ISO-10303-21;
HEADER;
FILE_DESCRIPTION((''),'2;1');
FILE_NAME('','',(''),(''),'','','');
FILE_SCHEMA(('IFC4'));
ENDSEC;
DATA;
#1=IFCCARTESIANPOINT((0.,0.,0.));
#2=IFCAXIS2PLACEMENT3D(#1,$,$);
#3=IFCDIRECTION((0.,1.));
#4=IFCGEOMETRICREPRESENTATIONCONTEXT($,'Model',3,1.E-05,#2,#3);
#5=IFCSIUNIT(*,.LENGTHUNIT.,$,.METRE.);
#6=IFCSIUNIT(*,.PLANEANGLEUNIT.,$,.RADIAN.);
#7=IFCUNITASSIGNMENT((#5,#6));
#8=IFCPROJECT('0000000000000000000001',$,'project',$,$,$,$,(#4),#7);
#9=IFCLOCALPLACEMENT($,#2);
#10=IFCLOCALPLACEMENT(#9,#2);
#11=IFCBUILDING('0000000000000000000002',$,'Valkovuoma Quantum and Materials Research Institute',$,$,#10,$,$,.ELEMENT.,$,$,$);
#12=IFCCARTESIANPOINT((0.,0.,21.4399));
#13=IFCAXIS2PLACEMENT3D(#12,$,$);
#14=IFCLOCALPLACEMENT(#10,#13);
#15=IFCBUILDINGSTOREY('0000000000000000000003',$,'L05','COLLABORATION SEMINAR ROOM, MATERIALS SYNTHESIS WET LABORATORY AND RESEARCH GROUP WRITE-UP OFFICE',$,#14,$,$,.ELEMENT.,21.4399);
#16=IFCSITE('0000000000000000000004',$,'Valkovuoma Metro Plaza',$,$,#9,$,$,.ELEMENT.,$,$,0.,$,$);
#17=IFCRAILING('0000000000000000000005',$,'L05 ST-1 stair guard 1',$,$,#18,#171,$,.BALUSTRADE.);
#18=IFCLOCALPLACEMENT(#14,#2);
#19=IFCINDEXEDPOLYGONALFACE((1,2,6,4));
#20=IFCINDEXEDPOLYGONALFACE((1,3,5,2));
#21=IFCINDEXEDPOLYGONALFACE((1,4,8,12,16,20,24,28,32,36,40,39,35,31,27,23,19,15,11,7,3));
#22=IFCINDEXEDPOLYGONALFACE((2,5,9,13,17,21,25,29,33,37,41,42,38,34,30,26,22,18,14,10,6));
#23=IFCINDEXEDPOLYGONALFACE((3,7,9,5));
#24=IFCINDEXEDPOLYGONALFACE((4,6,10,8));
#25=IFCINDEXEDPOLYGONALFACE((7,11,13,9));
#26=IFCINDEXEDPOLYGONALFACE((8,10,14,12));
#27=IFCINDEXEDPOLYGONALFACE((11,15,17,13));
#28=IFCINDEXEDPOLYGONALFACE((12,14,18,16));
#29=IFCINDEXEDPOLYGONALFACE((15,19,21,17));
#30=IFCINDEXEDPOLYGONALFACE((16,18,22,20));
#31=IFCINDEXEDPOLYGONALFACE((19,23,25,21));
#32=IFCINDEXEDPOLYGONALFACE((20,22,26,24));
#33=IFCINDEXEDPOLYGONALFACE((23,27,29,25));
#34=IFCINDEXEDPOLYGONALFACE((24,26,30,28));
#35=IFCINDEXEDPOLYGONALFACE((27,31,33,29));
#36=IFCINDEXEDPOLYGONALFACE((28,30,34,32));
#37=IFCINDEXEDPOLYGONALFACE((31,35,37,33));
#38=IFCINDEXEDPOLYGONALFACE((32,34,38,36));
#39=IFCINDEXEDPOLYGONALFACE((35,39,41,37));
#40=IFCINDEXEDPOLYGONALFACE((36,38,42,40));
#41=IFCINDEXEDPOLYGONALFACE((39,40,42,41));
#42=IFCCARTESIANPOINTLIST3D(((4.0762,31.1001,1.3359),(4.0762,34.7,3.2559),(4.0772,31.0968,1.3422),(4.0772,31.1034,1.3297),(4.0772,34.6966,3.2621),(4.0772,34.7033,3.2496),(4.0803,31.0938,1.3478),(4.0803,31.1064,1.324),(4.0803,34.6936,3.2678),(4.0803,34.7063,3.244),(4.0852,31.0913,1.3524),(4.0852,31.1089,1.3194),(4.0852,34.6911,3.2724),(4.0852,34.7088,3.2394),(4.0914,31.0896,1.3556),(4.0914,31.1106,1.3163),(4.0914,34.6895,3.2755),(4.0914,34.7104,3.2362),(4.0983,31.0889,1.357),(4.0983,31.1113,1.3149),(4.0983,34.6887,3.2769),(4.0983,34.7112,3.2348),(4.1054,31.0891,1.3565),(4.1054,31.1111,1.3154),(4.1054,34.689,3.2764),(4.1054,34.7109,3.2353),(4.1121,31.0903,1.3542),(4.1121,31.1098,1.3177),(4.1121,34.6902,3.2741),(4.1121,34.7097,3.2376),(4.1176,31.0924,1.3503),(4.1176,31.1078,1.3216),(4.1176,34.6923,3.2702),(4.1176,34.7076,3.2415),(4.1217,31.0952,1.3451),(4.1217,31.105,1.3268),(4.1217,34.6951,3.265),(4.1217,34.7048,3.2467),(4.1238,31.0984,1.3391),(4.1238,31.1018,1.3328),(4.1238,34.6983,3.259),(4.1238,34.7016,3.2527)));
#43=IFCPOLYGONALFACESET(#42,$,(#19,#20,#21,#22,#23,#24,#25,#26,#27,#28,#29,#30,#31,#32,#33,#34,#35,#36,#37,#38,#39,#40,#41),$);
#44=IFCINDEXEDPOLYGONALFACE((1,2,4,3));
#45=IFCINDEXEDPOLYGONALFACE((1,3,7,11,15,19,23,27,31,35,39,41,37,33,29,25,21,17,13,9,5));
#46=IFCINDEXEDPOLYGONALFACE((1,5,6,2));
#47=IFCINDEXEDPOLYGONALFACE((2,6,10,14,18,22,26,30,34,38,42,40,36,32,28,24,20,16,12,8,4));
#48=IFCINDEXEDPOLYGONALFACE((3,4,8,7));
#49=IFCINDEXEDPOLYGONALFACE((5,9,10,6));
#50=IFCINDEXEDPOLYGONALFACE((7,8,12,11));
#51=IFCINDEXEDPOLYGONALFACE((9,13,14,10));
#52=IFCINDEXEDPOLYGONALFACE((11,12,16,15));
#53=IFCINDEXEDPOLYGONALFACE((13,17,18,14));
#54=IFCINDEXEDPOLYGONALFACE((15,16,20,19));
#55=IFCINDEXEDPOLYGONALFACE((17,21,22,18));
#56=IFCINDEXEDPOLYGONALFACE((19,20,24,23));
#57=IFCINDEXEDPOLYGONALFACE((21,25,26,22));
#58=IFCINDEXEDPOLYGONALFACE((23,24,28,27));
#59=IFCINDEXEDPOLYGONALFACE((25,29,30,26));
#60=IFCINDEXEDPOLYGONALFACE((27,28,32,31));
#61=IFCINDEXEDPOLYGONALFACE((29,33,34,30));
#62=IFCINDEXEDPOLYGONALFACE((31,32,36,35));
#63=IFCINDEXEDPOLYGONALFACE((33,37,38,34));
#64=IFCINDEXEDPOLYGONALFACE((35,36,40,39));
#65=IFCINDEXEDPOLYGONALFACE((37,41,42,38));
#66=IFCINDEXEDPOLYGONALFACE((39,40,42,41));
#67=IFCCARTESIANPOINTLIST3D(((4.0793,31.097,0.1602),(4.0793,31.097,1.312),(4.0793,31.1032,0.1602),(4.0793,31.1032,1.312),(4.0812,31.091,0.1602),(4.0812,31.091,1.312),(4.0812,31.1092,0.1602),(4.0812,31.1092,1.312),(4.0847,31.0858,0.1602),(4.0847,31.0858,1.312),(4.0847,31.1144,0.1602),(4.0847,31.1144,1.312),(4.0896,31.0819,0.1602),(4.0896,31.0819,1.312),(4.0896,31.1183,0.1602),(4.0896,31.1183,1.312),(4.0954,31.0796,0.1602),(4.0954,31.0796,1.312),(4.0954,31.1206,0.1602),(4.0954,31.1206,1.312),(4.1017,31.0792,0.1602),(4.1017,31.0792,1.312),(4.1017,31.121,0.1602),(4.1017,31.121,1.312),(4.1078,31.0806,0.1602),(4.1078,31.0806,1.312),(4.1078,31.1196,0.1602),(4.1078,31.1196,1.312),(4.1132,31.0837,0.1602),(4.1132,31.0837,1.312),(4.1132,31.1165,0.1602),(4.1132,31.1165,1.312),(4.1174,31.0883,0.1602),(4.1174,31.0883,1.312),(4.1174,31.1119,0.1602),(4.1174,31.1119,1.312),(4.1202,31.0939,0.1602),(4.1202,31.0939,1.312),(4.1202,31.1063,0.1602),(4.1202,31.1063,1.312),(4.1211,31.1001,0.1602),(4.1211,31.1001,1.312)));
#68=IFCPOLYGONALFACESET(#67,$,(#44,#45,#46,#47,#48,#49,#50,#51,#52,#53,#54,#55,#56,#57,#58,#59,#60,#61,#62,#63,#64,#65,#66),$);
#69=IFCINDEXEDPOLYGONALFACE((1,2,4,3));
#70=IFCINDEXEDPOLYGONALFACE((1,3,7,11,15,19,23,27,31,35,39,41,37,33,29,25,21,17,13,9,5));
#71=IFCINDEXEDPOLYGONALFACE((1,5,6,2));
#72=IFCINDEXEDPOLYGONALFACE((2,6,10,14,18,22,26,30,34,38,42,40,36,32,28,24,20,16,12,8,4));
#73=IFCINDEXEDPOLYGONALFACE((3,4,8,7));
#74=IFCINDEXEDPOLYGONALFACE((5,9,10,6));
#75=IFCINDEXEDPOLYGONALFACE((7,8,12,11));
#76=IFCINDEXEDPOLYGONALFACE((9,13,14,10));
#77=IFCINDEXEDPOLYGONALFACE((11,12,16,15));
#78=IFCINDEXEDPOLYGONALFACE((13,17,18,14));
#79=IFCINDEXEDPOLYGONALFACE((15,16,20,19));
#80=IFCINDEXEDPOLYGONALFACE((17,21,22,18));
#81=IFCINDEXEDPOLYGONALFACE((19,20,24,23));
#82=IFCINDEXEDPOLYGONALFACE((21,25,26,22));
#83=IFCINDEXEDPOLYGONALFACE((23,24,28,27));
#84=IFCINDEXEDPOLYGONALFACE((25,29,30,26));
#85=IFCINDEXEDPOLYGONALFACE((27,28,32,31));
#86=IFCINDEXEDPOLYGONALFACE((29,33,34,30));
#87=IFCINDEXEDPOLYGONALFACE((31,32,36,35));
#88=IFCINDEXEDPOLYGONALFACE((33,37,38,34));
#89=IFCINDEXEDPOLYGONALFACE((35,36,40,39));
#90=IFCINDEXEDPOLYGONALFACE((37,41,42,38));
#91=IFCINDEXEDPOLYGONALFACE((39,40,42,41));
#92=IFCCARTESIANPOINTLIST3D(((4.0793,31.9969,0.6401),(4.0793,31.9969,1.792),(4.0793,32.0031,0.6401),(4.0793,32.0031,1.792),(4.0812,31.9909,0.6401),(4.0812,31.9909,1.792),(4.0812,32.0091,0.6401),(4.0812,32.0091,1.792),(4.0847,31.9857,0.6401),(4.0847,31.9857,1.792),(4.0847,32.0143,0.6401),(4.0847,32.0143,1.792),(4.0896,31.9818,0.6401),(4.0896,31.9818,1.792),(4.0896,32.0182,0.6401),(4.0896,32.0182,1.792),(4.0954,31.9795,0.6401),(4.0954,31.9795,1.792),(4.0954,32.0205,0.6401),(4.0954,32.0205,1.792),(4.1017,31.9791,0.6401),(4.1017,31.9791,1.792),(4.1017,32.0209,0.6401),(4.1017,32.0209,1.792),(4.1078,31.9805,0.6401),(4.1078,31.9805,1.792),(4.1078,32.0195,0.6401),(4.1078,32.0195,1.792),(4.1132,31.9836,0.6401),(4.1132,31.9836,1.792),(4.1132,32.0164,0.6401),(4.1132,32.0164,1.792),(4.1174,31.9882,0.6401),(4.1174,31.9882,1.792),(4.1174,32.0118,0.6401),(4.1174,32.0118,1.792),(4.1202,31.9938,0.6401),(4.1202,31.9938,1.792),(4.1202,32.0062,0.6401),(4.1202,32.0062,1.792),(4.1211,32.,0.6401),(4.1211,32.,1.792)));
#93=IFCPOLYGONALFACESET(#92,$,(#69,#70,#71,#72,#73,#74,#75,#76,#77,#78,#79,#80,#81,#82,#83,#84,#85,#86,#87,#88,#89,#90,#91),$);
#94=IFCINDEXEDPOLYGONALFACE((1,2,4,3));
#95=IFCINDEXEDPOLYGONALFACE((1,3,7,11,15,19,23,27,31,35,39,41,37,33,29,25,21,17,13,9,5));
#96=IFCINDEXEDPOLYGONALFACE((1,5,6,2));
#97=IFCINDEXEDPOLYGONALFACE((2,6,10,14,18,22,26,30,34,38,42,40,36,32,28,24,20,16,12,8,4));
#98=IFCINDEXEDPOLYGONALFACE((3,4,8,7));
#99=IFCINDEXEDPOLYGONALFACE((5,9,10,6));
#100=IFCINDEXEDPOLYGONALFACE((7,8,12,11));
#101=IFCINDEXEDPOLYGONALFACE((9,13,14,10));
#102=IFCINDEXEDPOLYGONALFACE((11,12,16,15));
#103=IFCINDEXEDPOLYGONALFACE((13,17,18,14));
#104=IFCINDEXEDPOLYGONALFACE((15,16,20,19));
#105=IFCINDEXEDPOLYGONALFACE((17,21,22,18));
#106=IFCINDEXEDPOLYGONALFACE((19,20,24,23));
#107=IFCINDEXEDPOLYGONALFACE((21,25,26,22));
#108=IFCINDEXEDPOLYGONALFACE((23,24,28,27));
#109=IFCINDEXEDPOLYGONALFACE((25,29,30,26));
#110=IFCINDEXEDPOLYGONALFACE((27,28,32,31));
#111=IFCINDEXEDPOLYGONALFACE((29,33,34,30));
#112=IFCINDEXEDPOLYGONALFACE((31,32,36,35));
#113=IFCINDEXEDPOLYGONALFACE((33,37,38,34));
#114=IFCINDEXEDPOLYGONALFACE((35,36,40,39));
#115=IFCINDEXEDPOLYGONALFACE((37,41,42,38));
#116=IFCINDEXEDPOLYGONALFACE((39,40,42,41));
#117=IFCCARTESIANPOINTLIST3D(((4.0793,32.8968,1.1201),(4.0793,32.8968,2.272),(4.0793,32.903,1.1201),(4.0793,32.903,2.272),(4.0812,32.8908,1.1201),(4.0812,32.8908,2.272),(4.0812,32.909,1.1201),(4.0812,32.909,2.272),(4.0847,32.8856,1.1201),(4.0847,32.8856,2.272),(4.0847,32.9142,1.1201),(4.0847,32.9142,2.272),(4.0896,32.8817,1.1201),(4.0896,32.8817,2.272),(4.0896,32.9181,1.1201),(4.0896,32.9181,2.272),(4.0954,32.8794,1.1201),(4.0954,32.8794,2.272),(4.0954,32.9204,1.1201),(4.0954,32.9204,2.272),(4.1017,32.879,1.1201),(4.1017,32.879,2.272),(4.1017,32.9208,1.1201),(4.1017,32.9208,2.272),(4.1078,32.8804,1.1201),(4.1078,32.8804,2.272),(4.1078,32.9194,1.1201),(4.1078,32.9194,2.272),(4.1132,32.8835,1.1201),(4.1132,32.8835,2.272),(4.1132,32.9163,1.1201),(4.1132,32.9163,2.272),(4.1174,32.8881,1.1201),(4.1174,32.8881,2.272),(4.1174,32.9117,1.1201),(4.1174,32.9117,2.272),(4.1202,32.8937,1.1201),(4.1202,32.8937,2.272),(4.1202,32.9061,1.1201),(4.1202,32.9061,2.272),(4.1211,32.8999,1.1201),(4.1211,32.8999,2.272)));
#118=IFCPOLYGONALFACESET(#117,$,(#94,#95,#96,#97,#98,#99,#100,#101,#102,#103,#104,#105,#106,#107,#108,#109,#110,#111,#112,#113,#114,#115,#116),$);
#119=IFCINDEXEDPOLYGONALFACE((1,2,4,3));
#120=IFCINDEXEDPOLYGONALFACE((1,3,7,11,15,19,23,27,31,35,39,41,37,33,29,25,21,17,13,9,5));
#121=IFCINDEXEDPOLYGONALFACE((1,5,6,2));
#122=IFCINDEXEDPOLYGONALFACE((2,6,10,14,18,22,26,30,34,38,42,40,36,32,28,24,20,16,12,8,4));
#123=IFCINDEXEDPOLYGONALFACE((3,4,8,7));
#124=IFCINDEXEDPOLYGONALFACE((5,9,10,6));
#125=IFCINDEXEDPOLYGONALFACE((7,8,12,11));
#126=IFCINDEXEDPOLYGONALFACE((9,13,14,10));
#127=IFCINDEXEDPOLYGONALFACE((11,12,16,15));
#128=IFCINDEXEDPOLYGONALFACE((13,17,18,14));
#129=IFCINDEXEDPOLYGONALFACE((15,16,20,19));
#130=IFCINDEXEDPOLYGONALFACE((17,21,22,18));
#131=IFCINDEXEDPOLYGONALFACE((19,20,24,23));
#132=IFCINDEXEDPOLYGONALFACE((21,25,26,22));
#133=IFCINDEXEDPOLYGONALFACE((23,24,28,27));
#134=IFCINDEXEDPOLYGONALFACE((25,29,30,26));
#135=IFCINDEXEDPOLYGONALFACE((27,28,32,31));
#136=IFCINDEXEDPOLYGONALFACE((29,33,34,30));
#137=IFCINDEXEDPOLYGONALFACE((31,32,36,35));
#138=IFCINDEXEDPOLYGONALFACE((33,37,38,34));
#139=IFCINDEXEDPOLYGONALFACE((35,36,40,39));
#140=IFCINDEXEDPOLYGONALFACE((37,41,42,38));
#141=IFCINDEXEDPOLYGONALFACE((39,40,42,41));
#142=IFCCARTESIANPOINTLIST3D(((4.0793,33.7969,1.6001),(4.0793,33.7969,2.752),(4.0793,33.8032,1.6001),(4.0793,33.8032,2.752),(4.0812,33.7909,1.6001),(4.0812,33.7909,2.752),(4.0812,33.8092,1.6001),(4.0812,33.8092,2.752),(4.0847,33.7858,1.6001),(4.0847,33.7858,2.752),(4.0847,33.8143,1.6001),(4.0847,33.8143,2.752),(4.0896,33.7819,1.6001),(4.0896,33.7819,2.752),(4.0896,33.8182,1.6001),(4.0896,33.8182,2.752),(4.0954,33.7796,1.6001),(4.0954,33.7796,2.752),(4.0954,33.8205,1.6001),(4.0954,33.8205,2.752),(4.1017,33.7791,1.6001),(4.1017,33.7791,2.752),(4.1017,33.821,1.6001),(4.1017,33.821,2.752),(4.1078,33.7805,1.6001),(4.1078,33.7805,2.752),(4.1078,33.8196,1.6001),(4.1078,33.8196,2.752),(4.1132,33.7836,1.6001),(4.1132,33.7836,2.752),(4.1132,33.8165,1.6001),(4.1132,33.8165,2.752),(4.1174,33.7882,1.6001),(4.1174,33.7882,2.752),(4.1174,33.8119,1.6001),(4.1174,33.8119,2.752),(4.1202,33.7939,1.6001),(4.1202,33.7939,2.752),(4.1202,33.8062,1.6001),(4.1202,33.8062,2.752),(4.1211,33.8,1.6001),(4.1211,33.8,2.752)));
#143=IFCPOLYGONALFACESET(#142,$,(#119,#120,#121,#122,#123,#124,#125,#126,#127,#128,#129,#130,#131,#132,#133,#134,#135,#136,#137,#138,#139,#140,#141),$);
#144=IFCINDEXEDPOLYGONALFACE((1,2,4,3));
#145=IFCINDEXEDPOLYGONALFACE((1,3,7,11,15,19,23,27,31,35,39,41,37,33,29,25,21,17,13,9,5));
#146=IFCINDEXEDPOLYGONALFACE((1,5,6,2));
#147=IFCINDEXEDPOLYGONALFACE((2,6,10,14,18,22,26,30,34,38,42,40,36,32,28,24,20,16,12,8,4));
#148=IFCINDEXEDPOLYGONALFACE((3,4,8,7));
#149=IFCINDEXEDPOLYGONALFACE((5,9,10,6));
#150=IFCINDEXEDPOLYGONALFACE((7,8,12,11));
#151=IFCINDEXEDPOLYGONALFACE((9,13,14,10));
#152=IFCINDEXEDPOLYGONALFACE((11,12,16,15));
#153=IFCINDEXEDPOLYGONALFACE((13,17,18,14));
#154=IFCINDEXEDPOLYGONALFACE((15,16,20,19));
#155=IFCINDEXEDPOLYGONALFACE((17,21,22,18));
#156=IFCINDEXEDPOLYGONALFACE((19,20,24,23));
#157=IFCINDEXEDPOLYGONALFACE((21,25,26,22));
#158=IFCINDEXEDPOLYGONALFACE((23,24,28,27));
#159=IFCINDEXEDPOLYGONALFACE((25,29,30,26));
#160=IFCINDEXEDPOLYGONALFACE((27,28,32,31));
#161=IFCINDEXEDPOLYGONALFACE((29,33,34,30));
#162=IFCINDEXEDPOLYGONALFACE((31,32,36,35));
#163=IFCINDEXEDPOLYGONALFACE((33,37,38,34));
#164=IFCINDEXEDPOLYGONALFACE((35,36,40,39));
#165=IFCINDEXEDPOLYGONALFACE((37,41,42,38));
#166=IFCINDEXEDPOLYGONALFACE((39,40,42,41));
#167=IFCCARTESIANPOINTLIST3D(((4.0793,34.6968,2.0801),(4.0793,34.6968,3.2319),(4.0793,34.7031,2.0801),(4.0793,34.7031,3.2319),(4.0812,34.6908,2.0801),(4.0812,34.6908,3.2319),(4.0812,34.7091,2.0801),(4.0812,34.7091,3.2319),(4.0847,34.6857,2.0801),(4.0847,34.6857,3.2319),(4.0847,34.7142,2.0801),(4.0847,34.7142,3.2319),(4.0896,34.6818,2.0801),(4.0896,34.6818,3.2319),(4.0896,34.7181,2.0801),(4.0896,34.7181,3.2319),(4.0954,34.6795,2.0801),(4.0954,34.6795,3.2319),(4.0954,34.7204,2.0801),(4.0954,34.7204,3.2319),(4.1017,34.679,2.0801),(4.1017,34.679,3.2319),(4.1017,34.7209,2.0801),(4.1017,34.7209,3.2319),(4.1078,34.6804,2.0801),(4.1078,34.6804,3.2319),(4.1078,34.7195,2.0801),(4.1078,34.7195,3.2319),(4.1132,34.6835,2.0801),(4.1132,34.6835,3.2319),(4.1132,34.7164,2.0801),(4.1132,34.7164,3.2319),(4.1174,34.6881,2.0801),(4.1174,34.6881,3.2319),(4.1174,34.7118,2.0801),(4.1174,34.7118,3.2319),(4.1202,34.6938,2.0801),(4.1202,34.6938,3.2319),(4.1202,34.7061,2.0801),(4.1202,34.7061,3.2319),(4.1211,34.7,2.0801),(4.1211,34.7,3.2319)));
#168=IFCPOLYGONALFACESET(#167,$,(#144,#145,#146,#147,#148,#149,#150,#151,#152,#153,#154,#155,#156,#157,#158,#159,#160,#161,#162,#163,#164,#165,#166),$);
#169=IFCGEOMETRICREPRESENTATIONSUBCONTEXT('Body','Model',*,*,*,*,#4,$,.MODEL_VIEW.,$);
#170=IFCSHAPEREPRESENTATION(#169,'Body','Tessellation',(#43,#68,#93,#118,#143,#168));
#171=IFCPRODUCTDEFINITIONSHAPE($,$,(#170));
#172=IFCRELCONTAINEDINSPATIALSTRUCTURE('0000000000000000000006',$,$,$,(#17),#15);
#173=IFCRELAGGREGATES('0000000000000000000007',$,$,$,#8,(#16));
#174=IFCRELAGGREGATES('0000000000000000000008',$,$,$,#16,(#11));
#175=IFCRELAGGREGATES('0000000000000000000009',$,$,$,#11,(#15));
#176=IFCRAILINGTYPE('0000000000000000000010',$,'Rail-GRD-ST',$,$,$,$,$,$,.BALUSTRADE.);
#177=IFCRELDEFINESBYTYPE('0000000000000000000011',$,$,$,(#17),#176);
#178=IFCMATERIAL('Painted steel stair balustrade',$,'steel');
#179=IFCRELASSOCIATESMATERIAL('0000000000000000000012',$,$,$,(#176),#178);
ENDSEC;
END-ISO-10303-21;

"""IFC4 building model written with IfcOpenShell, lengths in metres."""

from ifc_helpers import new_model, si_unit, direction, frame, origin, origin_2d, place, context, subcontext, project, spatial, circle, extrude, material, type_object, element, save


model = new_model("IFC4")

# Units and contexts
model_context = context("Model", 3, precision=1e-05, world=origin(), true_north=direction((0.0, 1.0)))
body_context = subcontext(model_context, "Body", "Model", "MODEL_VIEW")
ifc_project = project(units=[si_unit("LENGTHUNIT", "METRE"), si_unit("PLANEANGLEUNIT", "RADIAN")], contexts=[model_context])

# Site, building, storey
site_placement = place(None, origin())
site = spatial("IfcSite", under=ifc_project, at=site_placement, Name="Valkovuoma Metro Plaza", CompositionType="ELEMENT", RefElevation=0.0)
building_placement = place(site_placement, origin())
building = spatial("IfcBuilding", under=site, at=building_placement, Name="Valkovuoma Quantum and Materials Research Institute", CompositionType="ELEMENT")
storey_placement = place(building_placement, frame((0.0, 0.0, 21.4399)))
storey = spatial("IfcBuildingStorey", under=building, at=storey_placement, Name="L05", Description="COLLABORATION SEMINAR ROOM, MATERIALS SYNTHESIS WET LABORATORY AND RESEARCH GROUP WRITE-UP OFFICE", CompositionType="ELEMENT", Elevation=21.4399)

# Railing
ifc_material_1 = material(Name="Painted steel stair balustrade", Category="steel")
railing_type_1 = type_object("IfcRailingType", Name="Rail-GRD-ST", PredefinedType="BALUSTRADE", material=ifc_material_1)
railing_1_placement = place(storey_placement, frame((4.1001, 31.1001, 0.1602)))
element("IfcRailing", 1, at=railing_1_placement, inside=storey, type_object=railing_type_1, Name="L05 ST-1 stair guard 1", PredefinedType="BALUSTRADE", context=body_context, shape_type="SweptSolid", body=[
    extrude(circle(Radius=0.0239, at=origin_2d()), frame((0.0, 0.0, 1.1758), z_axis=(0.0, 0.882353, 0.470588), x_axis=(-1.0, 0.0, 0.0)), (0.0, 0.0, 1.0), 4.0798),
    extrude(circle(Radius=0.021, at=origin_2d()), origin(), (0.0, 0.0, 1.0), 1.1519),
    extrude(circle(Radius=0.021, at=origin_2d()), frame((0.0, 0.8999, 0.48)), (0.0, 0.0, 1.0), 1.1519),
    extrude(circle(Radius=0.021, at=origin_2d()), frame((0.0, 1.7998, 0.96)), (0.0, 0.0, 1.0), 1.1519),
    extrude(circle(Radius=0.021, at=origin_2d()), frame((0.0, 2.7, 1.4399)), (0.0, 0.0, 1.0), 1.1519),
    extrude(circle(Radius=0.021, at=origin_2d()), frame((0.0, 3.5999, 1.9199)), (0.0, 0.0, 1.0), 1.1519),
])

save(model, "model.ifc")
